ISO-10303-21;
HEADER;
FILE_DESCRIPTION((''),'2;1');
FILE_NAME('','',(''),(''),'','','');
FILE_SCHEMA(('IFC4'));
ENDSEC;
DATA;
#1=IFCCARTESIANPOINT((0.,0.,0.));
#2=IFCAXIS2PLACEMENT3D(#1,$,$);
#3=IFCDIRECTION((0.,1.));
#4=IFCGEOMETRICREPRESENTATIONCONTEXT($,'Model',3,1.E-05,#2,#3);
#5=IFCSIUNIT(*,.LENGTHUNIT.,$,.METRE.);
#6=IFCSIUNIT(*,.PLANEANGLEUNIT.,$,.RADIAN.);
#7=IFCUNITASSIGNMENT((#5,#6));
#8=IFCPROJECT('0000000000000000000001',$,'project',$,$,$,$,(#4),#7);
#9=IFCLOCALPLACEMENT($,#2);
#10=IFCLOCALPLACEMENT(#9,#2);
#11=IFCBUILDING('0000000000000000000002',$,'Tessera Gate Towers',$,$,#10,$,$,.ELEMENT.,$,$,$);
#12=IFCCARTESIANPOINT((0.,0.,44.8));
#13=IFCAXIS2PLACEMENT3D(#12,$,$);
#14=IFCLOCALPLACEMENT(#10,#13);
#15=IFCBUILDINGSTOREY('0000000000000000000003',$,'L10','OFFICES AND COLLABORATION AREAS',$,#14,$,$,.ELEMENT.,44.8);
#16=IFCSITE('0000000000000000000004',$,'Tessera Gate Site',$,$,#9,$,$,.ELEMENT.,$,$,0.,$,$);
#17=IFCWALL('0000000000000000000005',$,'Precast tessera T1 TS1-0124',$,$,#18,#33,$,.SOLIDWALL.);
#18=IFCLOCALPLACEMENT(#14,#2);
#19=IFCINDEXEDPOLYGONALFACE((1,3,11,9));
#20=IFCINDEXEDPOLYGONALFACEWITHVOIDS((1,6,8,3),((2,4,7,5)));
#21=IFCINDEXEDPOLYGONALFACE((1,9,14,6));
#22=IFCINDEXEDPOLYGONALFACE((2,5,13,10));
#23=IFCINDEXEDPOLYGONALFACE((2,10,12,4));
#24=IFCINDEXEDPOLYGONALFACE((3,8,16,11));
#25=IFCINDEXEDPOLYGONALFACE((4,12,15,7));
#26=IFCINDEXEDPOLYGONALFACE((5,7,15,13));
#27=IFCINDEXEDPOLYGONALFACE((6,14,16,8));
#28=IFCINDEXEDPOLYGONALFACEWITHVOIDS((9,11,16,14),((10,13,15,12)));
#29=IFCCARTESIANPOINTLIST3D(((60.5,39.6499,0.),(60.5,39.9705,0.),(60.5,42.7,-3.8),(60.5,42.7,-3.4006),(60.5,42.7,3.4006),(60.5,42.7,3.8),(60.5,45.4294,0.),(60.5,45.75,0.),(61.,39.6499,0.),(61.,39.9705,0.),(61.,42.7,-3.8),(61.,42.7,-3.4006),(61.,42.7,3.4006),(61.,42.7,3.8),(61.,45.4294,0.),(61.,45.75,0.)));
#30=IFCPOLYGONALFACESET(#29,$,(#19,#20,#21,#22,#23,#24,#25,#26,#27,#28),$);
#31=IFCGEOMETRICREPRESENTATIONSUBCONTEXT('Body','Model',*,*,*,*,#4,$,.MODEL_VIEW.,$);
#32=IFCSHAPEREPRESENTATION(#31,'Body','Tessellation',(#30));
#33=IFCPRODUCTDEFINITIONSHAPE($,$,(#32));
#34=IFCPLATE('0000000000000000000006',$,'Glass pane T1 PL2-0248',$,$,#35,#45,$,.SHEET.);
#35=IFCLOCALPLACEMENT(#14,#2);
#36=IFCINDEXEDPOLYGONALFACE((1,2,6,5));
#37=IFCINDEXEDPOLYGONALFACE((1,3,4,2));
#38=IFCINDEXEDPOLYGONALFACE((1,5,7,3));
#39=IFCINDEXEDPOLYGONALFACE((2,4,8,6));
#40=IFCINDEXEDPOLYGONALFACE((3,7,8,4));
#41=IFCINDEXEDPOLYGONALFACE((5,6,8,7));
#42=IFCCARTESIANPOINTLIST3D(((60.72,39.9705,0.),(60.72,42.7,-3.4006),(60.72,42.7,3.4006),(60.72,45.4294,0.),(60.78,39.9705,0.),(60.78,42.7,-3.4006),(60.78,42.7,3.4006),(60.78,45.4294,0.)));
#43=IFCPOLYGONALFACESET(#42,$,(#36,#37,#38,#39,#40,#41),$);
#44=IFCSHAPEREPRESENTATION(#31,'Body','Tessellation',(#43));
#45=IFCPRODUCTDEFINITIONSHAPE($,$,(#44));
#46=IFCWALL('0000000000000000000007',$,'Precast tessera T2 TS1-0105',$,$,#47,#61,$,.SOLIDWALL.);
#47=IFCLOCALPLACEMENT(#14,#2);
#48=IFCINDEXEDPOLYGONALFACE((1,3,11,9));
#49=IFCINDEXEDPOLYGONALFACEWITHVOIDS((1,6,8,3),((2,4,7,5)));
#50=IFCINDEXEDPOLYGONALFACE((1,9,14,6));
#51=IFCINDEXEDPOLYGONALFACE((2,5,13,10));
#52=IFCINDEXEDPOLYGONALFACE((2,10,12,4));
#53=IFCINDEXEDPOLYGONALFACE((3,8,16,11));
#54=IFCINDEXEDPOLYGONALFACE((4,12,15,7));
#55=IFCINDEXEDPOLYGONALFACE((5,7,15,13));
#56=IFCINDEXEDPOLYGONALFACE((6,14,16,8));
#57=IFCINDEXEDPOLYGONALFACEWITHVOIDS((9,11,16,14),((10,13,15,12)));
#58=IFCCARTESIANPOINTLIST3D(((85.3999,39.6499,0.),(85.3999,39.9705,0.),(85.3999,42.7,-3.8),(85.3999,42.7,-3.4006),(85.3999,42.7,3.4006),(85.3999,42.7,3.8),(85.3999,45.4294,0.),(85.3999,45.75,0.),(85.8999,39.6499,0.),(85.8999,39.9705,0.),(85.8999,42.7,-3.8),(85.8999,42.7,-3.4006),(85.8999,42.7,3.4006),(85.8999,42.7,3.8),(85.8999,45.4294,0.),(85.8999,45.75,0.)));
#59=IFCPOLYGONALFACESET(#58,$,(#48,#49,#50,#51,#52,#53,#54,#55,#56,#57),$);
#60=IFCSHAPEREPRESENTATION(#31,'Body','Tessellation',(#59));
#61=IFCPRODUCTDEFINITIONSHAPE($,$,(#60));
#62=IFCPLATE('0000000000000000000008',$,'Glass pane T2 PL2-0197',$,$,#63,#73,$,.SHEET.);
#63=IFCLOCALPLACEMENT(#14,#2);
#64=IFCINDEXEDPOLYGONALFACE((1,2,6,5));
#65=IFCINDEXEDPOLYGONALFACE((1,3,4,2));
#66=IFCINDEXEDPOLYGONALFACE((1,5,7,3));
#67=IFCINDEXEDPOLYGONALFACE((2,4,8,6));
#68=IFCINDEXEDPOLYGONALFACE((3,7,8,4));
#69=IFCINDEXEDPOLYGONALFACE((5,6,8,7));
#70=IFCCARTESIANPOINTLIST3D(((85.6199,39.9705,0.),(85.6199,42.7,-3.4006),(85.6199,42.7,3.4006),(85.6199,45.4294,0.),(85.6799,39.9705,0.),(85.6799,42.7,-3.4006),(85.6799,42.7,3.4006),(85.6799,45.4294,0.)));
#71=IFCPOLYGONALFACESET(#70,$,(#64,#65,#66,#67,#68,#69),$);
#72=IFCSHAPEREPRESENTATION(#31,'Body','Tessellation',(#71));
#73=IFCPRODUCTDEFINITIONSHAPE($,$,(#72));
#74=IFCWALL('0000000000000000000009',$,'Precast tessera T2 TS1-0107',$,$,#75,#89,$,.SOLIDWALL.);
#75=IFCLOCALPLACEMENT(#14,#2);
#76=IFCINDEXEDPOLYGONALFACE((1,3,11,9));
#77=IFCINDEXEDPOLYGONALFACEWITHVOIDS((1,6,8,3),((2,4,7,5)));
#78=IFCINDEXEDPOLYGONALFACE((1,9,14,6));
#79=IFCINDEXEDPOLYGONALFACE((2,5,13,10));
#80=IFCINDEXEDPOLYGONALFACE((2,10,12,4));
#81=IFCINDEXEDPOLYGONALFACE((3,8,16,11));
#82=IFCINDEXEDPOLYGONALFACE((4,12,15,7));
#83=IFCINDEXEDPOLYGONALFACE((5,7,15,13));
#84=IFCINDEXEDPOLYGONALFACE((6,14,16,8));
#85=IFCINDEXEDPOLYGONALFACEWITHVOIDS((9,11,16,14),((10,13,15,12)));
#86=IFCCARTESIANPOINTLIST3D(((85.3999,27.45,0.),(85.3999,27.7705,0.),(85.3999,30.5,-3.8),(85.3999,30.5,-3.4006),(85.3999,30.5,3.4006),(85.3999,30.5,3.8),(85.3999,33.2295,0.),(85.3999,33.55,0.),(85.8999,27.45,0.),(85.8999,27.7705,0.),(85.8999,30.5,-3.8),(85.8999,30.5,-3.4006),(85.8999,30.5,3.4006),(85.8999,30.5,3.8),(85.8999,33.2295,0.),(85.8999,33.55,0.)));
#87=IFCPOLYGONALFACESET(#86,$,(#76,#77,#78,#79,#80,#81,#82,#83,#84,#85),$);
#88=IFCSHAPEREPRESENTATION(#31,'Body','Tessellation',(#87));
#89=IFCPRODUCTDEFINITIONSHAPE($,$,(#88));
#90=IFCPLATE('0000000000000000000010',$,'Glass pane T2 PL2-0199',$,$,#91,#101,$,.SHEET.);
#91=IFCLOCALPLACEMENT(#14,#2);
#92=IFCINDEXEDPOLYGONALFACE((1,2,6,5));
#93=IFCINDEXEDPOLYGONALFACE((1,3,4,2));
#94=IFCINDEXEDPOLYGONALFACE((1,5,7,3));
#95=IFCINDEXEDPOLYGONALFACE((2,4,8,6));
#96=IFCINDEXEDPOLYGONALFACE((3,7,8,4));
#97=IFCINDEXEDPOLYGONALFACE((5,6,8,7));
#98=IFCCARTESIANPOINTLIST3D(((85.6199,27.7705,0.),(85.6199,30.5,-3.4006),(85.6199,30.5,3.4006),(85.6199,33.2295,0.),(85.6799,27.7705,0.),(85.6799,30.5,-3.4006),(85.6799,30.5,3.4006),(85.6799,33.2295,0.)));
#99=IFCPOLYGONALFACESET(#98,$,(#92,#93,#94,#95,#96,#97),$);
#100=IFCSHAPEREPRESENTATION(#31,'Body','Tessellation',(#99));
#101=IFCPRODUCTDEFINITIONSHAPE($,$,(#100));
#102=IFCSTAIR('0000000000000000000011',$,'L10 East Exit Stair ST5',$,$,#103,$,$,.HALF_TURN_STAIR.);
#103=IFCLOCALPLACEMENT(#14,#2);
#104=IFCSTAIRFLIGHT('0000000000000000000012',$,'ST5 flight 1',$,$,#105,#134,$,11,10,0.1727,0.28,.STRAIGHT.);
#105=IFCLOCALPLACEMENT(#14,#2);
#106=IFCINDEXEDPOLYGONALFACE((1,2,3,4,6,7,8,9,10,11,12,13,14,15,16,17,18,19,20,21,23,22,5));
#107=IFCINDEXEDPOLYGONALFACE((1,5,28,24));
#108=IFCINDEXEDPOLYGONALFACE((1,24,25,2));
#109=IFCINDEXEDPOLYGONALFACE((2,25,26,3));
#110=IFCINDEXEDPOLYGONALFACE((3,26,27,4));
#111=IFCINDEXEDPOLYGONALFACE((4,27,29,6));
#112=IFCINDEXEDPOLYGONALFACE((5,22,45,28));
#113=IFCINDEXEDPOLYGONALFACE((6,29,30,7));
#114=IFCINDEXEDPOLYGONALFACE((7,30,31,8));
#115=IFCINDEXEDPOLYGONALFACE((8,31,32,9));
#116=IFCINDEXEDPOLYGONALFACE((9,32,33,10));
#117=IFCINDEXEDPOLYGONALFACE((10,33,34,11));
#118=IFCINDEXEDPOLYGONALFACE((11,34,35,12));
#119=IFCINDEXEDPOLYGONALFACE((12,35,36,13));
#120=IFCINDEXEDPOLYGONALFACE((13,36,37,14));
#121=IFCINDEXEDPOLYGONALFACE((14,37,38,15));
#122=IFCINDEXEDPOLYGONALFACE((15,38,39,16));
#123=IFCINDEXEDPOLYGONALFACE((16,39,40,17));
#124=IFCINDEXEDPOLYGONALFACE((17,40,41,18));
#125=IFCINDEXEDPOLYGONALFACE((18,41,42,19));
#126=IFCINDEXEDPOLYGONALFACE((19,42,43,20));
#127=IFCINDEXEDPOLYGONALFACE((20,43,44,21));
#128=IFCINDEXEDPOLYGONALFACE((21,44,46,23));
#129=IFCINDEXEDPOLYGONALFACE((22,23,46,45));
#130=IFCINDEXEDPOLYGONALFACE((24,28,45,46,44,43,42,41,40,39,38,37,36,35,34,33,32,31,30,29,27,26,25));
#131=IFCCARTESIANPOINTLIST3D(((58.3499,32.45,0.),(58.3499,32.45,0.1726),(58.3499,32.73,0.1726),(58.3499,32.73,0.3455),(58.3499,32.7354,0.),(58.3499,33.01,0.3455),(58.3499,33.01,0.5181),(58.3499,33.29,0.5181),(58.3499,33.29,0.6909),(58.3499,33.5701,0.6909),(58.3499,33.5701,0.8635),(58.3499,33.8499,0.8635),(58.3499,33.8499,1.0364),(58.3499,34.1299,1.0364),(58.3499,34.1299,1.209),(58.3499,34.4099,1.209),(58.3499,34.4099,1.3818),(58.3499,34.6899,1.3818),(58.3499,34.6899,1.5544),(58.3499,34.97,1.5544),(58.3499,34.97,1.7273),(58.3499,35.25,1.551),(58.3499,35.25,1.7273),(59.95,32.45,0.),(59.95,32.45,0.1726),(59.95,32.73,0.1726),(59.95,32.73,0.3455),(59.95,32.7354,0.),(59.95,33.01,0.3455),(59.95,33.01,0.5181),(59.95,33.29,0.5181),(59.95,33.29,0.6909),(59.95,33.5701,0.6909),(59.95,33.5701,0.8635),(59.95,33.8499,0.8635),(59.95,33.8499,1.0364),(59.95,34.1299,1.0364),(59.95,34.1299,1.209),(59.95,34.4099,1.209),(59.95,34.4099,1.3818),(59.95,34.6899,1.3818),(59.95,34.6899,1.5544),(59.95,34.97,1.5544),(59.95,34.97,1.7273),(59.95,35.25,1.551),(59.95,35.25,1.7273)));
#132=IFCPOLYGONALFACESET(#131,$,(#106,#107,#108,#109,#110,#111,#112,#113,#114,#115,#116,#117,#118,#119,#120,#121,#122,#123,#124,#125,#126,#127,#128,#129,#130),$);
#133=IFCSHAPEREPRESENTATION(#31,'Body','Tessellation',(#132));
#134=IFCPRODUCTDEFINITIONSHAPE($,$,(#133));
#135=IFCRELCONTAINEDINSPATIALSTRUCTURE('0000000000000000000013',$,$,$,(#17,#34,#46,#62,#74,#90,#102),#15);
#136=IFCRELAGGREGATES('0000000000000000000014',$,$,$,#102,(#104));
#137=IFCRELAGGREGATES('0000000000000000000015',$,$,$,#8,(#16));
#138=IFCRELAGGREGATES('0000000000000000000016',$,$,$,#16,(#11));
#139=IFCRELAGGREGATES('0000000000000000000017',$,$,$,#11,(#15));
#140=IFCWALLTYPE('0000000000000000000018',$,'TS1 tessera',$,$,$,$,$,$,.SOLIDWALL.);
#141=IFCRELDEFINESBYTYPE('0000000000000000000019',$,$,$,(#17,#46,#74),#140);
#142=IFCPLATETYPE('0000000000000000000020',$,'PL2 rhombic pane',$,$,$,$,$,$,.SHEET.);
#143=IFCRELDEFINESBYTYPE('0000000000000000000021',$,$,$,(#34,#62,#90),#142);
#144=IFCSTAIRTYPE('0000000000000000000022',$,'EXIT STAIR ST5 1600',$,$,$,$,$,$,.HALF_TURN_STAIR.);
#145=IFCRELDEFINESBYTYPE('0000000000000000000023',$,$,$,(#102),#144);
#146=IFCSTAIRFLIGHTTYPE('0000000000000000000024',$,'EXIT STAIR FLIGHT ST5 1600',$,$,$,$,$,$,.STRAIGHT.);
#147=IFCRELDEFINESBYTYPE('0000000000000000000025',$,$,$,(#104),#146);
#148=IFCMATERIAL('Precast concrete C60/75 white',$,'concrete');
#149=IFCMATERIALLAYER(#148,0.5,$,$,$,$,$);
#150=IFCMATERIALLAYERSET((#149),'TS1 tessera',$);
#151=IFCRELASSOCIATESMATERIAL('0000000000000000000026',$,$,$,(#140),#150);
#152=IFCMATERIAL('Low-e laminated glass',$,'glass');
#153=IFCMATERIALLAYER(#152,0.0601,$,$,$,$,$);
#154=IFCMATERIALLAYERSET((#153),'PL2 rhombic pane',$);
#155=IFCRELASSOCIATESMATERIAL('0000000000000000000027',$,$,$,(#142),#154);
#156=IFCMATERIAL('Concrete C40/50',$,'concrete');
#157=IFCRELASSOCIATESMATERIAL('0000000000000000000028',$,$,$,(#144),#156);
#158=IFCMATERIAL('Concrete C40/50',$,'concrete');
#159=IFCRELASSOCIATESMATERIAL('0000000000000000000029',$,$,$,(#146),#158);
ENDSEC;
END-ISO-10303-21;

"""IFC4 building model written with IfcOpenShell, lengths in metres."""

from ifc_helpers import new_model, si_unit, direction, frame, origin, place, context, subcontext, project, spatial, polyline, outline, extrude, source, transform, mapped, material, layer, layer_set, type_object, element, fill, aggregate, save


model = new_model("IFC4")

# Units and contexts
model_context = context("Model", 3, precision=1e-05, world=origin(), true_north=direction((0.0, 1.0)))
body_context = subcontext(model_context, "Body", "Model", "MODEL_VIEW")
ifc_project = project(units=[si_unit("LENGTHUNIT", "METRE"), si_unit("PLANEANGLEUNIT", "RADIAN")], contexts=[model_context])

# Site, building, storey
site_placement = place(None, origin())
site = spatial("IfcSite", under=ifc_project, at=site_placement, Name="Tessera Gate Site", CompositionType="ELEMENT", RefElevation=0.0)
building_placement = place(site_placement, origin())
building = spatial("IfcBuilding", under=site, at=building_placement, Name="Tessera Gate Towers", CompositionType="ELEMENT")
storey_placement = place(building_placement, frame((0.0, 0.0, 44.8)))
storey = spatial("IfcBuildingStorey", under=building, at=storey_placement, Name="L10", Description="OFFICES AND COLLABORATION AREAS", CompositionType="ELEMENT", Elevation=44.8)

# Walls, openings, plates
ifc_material_1 = material(Name="Precast concrete C60/75 white", Category="concrete")
ifc_layer_1 = layer(ifc_material_1, 0.5)
ifc_layer_set_1 = layer_set([ifc_layer_1], Name="TS1 tessera")
wall_type_1 = type_object("IfcWallType", Name="TS1 tessera", PredefinedType="SOLIDWALL", material=ifc_layer_set_1)
shared_shape_1 = source(origin(), body_context, "Body", "SweptSolid", [
    extrude(outline(polyline([(3.05, 0.0), (6.1001, 3.8), (3.05, 7.6001), (0.0, 3.8), (3.05, 0.0)])), frame((0.0, 0.25, 0.0), z_axis=(0.0, -1.0, 0.0), x_axis=(1.0, 0.0, 0.0)), (0.0, 0.0, 1.0), 0.5),
])
wall_1_placement = place(storey_placement, frame((60.75, 39.6499, -3.8), z_axis=(0.0, 0.0, 1.0), x_axis=(0.0, 1.0, 0.0)))
wall_1 = element("IfcWall", 1, at=wall_1_placement, inside=storey, type_object=wall_type_1, Name="Precast tessera T1 TS1-0124", PredefinedType="SOLIDWALL", context=body_context, shape_type="MappedRepresentation", body=[
    mapped(shared_shape_1, transform((0.0, 0.0, 0.0), scale=1.0)),
])
shared_shape_2 = source(origin(), body_context, "Body", "SweptSolid", [
    extrude(outline(polyline([(3.05, 0.3994), (5.7795, 3.8), (3.05, 7.2007), (0.3206, 3.8), (3.05, 0.3994)])), frame((0.0, 0.26, 0.0), z_axis=(0.0, -1.0, 0.0), x_axis=(1.0, 0.0, 0.0)), (0.0, 0.0, 1.0), 0.52),
])
opening_1_placement = place(wall_1_placement, origin())
opening_1 = element("IfcOpeningElement", 2, at=opening_1_placement, cuts=wall_1, PredefinedType="OPENING", context=body_context, shape_type="MappedRepresentation", body=[
    mapped(shared_shape_2, transform((0.0, 0.0, 0.0), scale=1.0)),
])
ifc_material_2 = material(Name="Low-e laminated glass", Category="glass")
ifc_layer_2 = layer(ifc_material_2, 0.0601)
ifc_layer_set_2 = layer_set([ifc_layer_2], Name="PL2 rhombic pane")
plate_type = type_object("IfcPlateType", Name="PL2 rhombic pane", PredefinedType="SHEET", material=ifc_layer_set_2)
shared_shape_3 = source(origin(), body_context, "Body", "SweptSolid", [
    extrude(outline(polyline([(3.05, 0.3994), (5.7795, 3.8), (3.05, 7.2007), (0.3206, 3.8), (3.05, 0.3994)])), frame((0.0, 0.03, 0.0), z_axis=(0.0, -1.0, 0.0), x_axis=(1.0, 0.0, 0.0)), (0.0, 0.0, 1.0), 0.0601),
])
plate_1_placement = place(opening_1_placement, origin())
plate_1 = element("IfcPlate", 3, at=plate_1_placement, inside=storey, type_object=plate_type, Name="Glass pane T1 PL2-0248", PredefinedType="SHEET", context=body_context, shape_type="MappedRepresentation", body=[
    mapped(shared_shape_3, transform((0.0, 0.0, 0.0), scale=1.0)),
])
fill(opening_1, plate_1)
wall_2_placement = place(storey_placement, frame((85.6499, 45.75, -3.8), z_axis=(0.0, 0.0, 1.0), x_axis=(0.0, -1.0, 0.0)))
wall_2 = element("IfcWall", 4, at=wall_2_placement, inside=storey, type_object=wall_type_1, Name="Precast tessera T2 TS1-0105", PredefinedType="SOLIDWALL", context=body_context, shape_type="MappedRepresentation", body=[
    mapped(shared_shape_1, transform((0.0, 0.0, 0.0), scale=1.0)),
])
opening_2_placement = place(wall_2_placement, origin())
opening_2 = element("IfcOpeningElement", 5, at=opening_2_placement, cuts=wall_2, PredefinedType="OPENING", context=body_context, shape_type="MappedRepresentation", body=[
    mapped(shared_shape_2, transform((0.0, 0.0, 0.0), scale=1.0)),
])
plate_2_placement = place(opening_2_placement, origin())
plate_2 = element("IfcPlate", 6, at=plate_2_placement, inside=storey, type_object=plate_type, Name="Glass pane T2 PL2-0197", PredefinedType="SHEET", context=body_context, shape_type="MappedRepresentation", body=[
    mapped(shared_shape_3, transform((0.0, 0.0, 0.0), scale=1.0)),
])
fill(opening_2, plate_2)
wall_3_placement = place(storey_placement, frame((85.6499, 33.55, -3.8), z_axis=(0.0, 0.0, 1.0), x_axis=(0.0, -1.0, 0.0)))
wall_3 = element("IfcWall", 7, at=wall_3_placement, inside=storey, type_object=wall_type_1, Name="Precast tessera T2 TS1-0107", PredefinedType="SOLIDWALL", context=body_context, shape_type="MappedRepresentation", body=[
    mapped(shared_shape_1, transform((0.0, 0.0, 0.0), scale=1.0)),
])
opening_3_placement = place(wall_3_placement, origin())
opening_3 = element("IfcOpeningElement", 8, at=opening_3_placement, cuts=wall_3, PredefinedType="OPENING", context=body_context, shape_type="MappedRepresentation", body=[
    mapped(shared_shape_2, transform((0.0, 0.0, 0.0), scale=1.0)),
])
plate_3_placement = place(opening_3_placement, origin())
plate_3 = element("IfcPlate", 9, at=plate_3_placement, inside=storey, type_object=plate_type, Name="Glass pane T2 PL2-0199", PredefinedType="SHEET", context=body_context, shape_type="MappedRepresentation", body=[
    mapped(shared_shape_3, transform((0.0, 0.0, 0.0), scale=1.0)),
])
fill(opening_3, plate_3)

# Stair, stair flight
ifc_material_3 = material(Name="Concrete C40/50", Category="concrete")
stair_type = type_object("IfcStairType", Name="EXIT STAIR ST5 1600", PredefinedType="HALF_TURN_STAIR", material=ifc_material_3)
stair_placement = place(storey_placement, origin())
stair = element("IfcStair", 10, at=stair_placement, inside=storey, type_object=stair_type, Name="L10 East Exit Stair ST5", PredefinedType="HALF_TURN_STAIR")
ifc_material_4 = material(Name="Concrete C40/50", Category="concrete")
stair_flight_type = type_object("IfcStairFlightType", Name="EXIT STAIR FLIGHT ST5 1600", PredefinedType="STRAIGHT", material=ifc_material_4)
stair_flight_placement = place(storey_placement, frame((59.1499, 32.45, 0.0), z_axis=(0.0, 0.0, 1.0), x_axis=(0.0, 1.0, 0.0)))
stair_flight = element("IfcStairFlight", 11, at=stair_flight_placement, type_object=stair_flight_type, Name="ST5 flight 1", NumberOfRisers=11, NumberOfTreads=10, PredefinedType="STRAIGHT", RiserHeight=0.1727, TreadLength=0.28, context=body_context, shape_type="SweptSolid", body=[
    extrude(outline(polyline([(0.0, 0.0), (0.0, 0.1726), (0.28, 0.1726), (0.28, 0.3455), (0.5601, 0.3455), (0.5601, 0.5181), (0.8401, 0.5181), (0.8401, 0.6909), (1.1201, 0.6909), (1.1201, 0.8635), (1.3999, 0.8635), (1.3999, 1.0364), (1.6799, 1.0364), (1.6799, 1.209), (1.96, 1.209), (1.96, 1.3818), (2.24, 1.3818), (2.24, 1.5544), (2.52, 1.5544), (2.52, 1.7273), (2.8, 1.7273), (2.8, 1.8999), (2.8, 1.551), (0.2854, 0.0), (0.0, 0.0)])), frame((0.0, 0.8, 0.0), z_axis=(0.0, -1.0, 0.0), x_axis=(1.0, 0.0, 0.0)), (0.0, 0.0, 1.0), 1.6001),
])
aggregate(stair, [stair_flight])

save(model, "model.ifc")
